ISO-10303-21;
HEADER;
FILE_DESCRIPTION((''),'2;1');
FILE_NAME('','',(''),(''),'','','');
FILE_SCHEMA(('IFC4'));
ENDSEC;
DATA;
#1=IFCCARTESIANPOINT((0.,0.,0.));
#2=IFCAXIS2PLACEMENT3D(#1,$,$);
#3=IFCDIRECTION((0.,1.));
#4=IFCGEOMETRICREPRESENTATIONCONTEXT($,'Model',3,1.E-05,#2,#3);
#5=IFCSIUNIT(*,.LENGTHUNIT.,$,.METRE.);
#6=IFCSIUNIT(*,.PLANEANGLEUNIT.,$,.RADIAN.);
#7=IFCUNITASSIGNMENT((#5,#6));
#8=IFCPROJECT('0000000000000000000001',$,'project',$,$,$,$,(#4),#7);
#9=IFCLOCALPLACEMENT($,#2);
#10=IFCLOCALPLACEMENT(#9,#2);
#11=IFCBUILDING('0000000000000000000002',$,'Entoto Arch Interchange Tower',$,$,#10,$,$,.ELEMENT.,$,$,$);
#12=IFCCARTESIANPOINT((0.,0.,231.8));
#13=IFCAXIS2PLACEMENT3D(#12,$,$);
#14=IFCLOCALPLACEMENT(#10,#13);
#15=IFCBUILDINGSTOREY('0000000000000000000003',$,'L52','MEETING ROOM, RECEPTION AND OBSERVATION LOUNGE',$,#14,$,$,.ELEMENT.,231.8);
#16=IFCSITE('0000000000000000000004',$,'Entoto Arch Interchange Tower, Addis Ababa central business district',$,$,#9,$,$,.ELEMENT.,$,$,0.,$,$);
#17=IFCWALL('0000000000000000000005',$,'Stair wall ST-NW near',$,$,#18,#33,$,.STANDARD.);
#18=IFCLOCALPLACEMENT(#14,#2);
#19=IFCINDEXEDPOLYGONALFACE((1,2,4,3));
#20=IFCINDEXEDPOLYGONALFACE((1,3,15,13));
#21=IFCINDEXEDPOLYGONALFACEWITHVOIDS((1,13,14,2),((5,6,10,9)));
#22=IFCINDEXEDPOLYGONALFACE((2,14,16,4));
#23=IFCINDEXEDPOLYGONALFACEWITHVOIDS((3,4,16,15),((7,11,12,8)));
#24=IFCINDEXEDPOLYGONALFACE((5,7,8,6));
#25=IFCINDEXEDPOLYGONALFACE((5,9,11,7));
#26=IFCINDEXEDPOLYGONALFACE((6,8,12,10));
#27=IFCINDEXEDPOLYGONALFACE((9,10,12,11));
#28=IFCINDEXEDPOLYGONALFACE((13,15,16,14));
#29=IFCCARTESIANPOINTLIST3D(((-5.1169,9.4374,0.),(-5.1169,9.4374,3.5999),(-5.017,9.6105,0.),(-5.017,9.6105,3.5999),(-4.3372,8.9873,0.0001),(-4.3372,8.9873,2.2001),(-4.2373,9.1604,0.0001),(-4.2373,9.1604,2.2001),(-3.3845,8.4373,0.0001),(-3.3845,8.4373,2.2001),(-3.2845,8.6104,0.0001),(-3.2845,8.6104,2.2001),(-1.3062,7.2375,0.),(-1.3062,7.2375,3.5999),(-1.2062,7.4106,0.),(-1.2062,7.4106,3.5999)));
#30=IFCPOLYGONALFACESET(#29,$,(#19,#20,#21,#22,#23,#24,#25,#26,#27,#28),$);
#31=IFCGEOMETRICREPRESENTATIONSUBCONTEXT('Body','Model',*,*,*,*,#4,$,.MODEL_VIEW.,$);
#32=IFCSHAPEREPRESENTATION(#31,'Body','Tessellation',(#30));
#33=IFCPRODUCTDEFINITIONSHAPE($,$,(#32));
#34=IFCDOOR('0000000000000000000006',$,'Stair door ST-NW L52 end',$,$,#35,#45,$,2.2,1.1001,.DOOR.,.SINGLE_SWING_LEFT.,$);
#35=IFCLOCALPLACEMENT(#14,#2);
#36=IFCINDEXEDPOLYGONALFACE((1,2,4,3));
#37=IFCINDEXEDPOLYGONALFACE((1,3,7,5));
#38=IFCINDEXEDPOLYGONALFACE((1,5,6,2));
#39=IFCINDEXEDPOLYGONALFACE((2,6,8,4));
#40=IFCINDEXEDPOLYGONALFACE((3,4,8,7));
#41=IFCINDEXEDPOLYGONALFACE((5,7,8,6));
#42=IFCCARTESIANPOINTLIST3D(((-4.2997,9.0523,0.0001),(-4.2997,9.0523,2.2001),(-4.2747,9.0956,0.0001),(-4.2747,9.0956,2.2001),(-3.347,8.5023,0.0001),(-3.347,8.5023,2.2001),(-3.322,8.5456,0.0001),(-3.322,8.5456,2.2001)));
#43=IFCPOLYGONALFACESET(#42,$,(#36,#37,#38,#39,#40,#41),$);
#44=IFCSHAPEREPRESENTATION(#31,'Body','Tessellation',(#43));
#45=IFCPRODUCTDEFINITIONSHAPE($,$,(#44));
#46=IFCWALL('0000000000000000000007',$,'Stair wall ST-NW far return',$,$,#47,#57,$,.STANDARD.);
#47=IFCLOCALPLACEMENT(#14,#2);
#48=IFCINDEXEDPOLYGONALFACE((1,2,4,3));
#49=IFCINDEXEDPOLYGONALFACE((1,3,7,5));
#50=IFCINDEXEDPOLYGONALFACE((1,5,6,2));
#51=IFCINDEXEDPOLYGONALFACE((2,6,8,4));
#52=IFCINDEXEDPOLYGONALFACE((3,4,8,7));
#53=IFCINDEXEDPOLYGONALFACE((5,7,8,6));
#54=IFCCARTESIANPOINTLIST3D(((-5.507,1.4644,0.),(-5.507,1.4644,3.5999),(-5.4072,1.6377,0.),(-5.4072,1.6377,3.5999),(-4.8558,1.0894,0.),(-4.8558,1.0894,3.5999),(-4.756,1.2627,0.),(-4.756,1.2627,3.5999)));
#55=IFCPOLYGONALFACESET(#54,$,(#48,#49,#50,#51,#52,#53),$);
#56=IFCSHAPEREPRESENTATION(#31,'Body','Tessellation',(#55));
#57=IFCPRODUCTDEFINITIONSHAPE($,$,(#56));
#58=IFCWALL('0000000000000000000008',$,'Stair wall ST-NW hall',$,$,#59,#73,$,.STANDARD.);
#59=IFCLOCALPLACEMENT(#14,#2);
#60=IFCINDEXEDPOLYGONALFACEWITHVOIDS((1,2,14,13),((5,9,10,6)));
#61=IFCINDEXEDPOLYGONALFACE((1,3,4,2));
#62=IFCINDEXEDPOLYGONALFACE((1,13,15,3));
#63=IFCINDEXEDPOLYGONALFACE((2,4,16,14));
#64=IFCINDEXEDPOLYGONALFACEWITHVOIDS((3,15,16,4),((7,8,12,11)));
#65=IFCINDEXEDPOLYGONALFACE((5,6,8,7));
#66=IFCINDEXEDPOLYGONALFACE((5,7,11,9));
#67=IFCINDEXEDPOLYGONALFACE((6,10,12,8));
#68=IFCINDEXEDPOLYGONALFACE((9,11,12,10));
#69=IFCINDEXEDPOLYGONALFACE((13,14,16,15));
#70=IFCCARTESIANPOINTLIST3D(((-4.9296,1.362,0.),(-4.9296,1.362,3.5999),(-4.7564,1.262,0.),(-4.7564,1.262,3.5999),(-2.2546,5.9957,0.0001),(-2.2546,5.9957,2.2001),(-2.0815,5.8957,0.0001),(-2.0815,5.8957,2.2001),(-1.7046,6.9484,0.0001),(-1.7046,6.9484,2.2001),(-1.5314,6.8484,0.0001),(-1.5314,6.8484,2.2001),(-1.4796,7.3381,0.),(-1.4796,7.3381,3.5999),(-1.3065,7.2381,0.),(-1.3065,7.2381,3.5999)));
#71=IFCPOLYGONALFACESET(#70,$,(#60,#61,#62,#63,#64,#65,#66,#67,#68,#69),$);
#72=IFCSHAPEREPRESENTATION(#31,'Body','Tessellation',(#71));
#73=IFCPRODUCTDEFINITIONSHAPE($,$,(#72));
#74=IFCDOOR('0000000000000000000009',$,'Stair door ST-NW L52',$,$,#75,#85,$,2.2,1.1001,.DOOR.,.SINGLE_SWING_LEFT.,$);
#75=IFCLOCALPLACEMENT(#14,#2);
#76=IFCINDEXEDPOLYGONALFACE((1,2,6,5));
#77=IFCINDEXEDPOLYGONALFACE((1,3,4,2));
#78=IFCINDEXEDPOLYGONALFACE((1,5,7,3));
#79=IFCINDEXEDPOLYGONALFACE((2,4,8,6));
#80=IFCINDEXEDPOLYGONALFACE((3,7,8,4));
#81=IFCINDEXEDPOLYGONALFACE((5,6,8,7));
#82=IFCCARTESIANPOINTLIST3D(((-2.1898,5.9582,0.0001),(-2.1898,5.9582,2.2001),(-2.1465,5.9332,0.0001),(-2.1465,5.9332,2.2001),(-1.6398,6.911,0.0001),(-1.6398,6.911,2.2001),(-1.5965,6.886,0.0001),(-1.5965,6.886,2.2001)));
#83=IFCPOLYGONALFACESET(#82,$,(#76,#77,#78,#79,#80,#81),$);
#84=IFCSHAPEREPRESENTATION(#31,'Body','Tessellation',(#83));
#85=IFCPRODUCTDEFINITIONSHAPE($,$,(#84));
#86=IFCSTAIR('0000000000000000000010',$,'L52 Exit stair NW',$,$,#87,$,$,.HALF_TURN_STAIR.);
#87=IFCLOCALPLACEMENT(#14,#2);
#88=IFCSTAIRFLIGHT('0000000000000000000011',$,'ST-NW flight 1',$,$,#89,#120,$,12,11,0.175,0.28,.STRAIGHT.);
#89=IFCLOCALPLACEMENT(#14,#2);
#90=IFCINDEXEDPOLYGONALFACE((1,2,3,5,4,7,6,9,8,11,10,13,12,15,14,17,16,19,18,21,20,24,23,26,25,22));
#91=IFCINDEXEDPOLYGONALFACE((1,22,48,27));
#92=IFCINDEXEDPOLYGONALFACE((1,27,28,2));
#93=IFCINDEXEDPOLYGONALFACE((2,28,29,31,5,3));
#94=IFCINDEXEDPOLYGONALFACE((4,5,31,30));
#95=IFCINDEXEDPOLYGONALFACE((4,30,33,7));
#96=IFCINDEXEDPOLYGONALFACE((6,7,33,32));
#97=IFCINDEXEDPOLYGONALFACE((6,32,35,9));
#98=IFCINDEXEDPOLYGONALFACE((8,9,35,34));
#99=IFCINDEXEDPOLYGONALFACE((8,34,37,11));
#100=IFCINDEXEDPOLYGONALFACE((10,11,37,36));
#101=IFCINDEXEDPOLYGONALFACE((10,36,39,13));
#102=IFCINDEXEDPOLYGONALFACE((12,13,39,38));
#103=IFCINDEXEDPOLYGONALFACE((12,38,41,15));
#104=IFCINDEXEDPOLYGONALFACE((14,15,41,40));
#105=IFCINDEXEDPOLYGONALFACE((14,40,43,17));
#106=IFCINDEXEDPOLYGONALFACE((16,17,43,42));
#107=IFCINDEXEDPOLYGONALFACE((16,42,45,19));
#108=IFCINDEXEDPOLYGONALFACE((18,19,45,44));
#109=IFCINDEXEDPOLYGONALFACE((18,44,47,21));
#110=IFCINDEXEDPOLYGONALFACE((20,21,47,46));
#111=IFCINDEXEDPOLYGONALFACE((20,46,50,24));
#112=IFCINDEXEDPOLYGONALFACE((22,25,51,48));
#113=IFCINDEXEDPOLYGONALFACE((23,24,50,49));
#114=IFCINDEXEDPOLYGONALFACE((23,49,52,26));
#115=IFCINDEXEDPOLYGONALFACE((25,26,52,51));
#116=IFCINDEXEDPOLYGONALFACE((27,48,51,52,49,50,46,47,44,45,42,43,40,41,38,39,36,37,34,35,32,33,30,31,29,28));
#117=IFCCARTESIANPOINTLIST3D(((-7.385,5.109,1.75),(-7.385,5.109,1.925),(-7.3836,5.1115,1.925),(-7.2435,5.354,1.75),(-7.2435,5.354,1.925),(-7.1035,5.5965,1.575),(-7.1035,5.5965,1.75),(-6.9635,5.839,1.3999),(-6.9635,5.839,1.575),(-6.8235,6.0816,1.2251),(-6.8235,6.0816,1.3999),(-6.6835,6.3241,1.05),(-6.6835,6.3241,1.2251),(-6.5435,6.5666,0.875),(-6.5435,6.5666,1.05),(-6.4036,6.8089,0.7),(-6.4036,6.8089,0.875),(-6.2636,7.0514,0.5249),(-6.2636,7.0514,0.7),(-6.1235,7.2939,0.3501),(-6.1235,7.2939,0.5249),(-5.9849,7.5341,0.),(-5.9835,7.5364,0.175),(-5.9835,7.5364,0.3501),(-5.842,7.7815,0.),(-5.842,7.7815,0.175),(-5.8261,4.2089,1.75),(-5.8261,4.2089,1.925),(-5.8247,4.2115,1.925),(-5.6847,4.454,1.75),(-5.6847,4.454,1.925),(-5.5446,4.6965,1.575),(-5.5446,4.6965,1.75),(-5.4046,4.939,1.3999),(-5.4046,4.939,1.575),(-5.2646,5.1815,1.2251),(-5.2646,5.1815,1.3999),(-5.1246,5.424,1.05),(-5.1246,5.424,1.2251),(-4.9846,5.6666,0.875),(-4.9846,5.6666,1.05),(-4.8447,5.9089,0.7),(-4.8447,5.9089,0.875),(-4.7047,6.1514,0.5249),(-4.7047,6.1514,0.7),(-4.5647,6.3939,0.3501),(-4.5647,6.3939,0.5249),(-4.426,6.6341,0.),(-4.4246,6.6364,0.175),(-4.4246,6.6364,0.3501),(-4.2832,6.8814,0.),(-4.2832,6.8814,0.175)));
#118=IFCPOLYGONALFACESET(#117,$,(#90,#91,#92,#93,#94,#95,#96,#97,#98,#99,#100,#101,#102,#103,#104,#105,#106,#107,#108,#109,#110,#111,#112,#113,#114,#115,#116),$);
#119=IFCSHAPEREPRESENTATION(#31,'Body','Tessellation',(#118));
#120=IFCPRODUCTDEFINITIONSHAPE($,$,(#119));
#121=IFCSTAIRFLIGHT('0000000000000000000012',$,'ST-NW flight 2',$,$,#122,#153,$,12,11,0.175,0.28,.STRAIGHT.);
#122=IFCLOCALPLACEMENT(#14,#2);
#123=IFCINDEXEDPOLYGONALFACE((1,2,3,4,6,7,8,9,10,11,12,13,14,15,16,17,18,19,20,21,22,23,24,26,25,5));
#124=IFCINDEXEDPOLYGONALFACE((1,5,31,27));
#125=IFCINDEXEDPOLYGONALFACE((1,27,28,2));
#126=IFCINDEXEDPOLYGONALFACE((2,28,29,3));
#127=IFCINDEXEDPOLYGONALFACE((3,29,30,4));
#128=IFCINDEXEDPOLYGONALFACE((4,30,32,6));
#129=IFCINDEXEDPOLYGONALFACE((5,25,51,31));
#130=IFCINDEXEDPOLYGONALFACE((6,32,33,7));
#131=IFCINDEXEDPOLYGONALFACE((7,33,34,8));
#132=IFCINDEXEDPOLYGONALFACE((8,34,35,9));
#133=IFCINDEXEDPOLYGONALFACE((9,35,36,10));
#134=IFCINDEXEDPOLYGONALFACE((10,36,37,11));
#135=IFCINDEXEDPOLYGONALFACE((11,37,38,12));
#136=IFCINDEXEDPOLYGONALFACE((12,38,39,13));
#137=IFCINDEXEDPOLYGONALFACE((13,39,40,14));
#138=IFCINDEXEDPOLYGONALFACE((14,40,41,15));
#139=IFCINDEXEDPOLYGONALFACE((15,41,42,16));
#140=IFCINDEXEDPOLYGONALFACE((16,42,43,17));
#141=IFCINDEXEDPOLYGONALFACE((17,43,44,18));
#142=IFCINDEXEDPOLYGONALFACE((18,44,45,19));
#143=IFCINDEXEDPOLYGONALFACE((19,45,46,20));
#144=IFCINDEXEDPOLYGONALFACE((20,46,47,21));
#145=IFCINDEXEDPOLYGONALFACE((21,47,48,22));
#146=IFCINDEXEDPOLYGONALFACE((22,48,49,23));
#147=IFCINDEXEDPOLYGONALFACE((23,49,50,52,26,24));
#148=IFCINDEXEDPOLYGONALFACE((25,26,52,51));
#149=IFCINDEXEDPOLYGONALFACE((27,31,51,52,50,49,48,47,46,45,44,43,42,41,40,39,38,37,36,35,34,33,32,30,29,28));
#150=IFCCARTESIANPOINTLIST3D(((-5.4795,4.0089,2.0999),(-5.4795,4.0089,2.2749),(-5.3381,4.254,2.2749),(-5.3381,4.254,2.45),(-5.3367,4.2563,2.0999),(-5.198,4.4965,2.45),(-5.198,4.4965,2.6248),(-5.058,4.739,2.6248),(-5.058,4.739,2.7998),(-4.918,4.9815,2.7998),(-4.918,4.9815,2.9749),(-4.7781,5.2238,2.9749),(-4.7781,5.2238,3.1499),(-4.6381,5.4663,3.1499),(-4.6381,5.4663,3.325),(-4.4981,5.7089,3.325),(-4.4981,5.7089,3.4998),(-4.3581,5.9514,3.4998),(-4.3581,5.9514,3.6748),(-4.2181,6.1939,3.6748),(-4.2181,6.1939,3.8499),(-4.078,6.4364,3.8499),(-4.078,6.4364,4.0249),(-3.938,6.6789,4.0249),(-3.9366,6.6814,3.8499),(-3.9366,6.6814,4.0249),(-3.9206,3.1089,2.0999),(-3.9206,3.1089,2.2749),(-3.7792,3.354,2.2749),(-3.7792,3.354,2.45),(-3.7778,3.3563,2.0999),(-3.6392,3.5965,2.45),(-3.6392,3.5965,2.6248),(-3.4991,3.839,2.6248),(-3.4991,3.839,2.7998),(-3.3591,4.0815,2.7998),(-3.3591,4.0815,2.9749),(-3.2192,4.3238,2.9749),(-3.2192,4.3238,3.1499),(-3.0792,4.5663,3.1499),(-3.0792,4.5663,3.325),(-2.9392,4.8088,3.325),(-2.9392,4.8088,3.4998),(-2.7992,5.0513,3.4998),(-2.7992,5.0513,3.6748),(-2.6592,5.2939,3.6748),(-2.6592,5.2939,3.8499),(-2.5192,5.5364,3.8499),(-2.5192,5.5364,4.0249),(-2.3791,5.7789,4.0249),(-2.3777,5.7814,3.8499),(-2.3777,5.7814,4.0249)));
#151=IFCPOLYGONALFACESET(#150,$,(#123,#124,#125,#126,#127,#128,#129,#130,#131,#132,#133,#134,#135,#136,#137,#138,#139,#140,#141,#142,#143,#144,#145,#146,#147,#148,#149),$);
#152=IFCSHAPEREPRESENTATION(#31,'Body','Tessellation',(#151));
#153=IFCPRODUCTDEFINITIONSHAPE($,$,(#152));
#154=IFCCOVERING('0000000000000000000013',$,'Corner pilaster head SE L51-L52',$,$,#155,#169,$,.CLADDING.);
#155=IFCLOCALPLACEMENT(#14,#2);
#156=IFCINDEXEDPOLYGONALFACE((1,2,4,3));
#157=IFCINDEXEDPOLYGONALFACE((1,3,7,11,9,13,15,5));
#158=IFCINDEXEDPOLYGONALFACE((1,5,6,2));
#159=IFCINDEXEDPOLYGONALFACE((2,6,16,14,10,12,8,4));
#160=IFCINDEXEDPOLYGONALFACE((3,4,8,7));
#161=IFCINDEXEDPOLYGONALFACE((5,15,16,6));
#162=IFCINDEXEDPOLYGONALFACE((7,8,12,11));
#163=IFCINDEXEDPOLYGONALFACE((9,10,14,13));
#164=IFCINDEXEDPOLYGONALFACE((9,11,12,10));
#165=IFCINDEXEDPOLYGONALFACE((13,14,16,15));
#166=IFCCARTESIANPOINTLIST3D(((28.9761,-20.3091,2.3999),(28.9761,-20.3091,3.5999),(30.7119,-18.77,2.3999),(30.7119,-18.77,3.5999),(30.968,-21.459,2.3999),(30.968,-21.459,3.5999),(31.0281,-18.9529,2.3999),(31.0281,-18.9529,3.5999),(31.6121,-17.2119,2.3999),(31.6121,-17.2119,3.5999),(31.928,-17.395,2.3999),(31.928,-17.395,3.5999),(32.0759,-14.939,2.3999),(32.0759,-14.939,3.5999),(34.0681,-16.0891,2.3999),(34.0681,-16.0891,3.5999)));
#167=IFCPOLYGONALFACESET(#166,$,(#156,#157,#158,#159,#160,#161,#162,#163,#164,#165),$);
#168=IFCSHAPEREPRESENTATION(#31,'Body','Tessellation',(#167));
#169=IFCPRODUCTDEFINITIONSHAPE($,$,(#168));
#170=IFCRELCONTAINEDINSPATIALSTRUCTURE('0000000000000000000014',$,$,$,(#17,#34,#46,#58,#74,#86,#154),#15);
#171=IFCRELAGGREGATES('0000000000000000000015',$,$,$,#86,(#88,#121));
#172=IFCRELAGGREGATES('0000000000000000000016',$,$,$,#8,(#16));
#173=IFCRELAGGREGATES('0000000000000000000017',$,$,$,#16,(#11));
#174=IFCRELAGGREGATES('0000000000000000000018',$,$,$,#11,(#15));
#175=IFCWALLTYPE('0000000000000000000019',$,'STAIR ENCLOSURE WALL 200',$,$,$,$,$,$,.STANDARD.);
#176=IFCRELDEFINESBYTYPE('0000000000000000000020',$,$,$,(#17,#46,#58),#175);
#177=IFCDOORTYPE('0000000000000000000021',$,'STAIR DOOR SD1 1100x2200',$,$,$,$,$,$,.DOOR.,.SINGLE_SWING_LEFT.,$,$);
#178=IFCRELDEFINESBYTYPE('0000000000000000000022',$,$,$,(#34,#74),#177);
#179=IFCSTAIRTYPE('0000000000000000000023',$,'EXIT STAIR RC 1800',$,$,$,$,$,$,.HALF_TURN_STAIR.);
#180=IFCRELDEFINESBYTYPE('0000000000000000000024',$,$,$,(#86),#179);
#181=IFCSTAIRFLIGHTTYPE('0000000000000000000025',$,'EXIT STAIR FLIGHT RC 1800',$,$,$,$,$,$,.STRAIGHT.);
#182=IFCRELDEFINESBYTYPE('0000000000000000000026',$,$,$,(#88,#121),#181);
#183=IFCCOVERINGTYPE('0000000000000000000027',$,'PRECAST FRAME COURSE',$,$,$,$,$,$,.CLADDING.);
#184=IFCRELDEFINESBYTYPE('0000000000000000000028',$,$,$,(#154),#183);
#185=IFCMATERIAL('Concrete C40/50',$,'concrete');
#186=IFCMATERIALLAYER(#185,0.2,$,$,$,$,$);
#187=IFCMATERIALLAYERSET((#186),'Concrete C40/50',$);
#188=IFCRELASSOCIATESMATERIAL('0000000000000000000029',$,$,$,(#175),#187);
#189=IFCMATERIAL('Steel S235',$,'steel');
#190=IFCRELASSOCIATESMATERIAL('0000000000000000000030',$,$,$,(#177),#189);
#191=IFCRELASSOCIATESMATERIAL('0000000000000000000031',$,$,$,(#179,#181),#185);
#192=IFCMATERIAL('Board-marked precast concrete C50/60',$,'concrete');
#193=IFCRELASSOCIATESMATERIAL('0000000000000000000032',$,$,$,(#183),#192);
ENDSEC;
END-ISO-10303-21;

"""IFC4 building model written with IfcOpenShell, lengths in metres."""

from ifc_helpers import new_model, si_unit, direction, frame, frame_2d, origin, place, context, subcontext, project, spatial, polyline, rectangle, outline, extrude, material, layer, layer_set, type_object, element, fill, aggregate, save


model = new_model("IFC4")

# Units and contexts
model_context = context("Model", 3, precision=1e-05, world=origin(), true_north=direction((0.0, 1.0)))
body_context = subcontext(model_context, "Body", "Model", "MODEL_VIEW")
ifc_project = project(units=[si_unit("LENGTHUNIT", "METRE"), si_unit("PLANEANGLEUNIT", "RADIAN")], contexts=[model_context])

# Site, building, storey
site_placement = place(None, origin())
site = spatial("IfcSite", under=ifc_project, at=site_placement, Name="Entoto Arch Interchange Tower, Addis Ababa central business district", CompositionType="ELEMENT", RefElevation=0.0)
building_placement = place(site_placement, origin())
building = spatial("IfcBuilding", under=site, at=building_placement, Name="Entoto Arch Interchange Tower", CompositionType="ELEMENT")
storey_placement = place(building_placement, frame((0.0, 0.0, 231.8)))
storey = spatial("IfcBuildingStorey", under=building, at=storey_placement, Name="L52", Description="MEETING ROOM, RECEPTION AND OBSERVATION LOUNGE", CompositionType="ELEMENT", Elevation=231.8)

# Shared definitions
ifc_material_1 = material(Name="Board-marked precast concrete C50/60", Category="concrete")

# Shared definitions
ifc_material_2 = material(Name="Concrete C40/50", Category="concrete")

# Wall, opening, door
ifc_layer_1 = layer(ifc_material_2, 0.2)
ifc_layer_set_1 = layer_set([ifc_layer_1], Name="Concrete C40/50")
wall_type_1 = type_object("IfcWallType", Name="STAIR ENCLOSURE WALL 200", PredefinedType="STANDARD", material=ifc_layer_set_1)
wall_1_placement = place(storey_placement, frame((-1.2561, 7.324, 0.0), z_axis=(0.0, 0.0, 1.0), x_axis=(-0.866046, 0.499964, 0.0)))
wall_1 = element("IfcWall", 1, at=wall_1_placement, inside=storey, type_object=wall_type_1, Name="Stair wall ST-NW near", PredefinedType="STANDARD", context=body_context, shape_type="SweptSolid", body=[
    extrude(rectangle(XDim=4.4001, YDim=0.2, at=frame_2d((2.2002, 0.0))), origin(), (0.0, 0.0, 1.0), 3.5999),
])
opening_1_placement = place(wall_1_placement, frame((2.3999, 0.0, 0.0)))
opening_1 = element("IfcOpeningElement", 2, at=opening_1_placement, cuts=wall_1, PredefinedType="OPENING", context=body_context, shape_type="SweptSolid", body=[
    extrude(rectangle(XDim=1.1001, YDim=2.2, at=frame_2d((0.55, 1.1001))), frame((0.0, 0.1099, 0.0), z_axis=(0.0, -1.0, 0.0), x_axis=(1.0, 0.0, 0.0)), (0.0, 0.0, 1.0), 0.22),
])
ifc_material_3 = material(Name="Steel S235", Category="steel")
door_type_1 = type_object("IfcDoorType", Name="STAIR DOOR SD1 1100x2200", OperationType="SINGLE_SWING_LEFT", PredefinedType="DOOR", material=ifc_material_3)
door_1_placement = place(opening_1_placement, origin())
door_1 = element("IfcDoor", 3, at=door_1_placement, inside=storey, type_object=door_type_1, Name="Stair door ST-NW L52 end", OperationType="SINGLE_SWING_LEFT", OverallHeight=2.2, OverallWidth=1.1001, PredefinedType="DOOR", context=body_context, shape_type="SweptSolid", body=[
    extrude(rectangle(XDim=1.1001, YDim=2.2, at=frame_2d((0.55, 1.1001))), frame((0.0, 0.0249, 0.0), z_axis=(0.0, -1.0, 0.0), x_axis=(1.0, 0.0, 0.0)), (0.0, 0.0, 1.0), 0.05),
])
fill(opening_1, door_1)

# Wall
wall_2_placement = place(storey_placement, frame((-4.8059, 1.176, 0.0), z_axis=(0.0, 0.0, 1.0), x_axis=(-0.866559, 0.499075, 0.0)))
element("IfcWall", 4, at=wall_2_placement, inside=storey, type_object=wall_type_1, Name="Stair wall ST-NW far return", PredefinedType="STANDARD", context=body_context, shape_type="SweptSolid", body=[
    extrude(rectangle(XDim=0.7515, YDim=0.2, at=frame_2d((0.3757, 0.0))), origin(), (0.0, 0.0, 1.0), 3.5999),
])

# Wall, opening, door
wall_3_placement = place(storey_placement, frame((-1.3931, 7.2881, 0.0), z_axis=(0.0, 0.0, 1.0), x_axis=(-0.499963, -0.866047, 0.0)))
wall_3 = element("IfcWall", 5, at=wall_3_placement, inside=storey, type_object=wall_type_1, Name="Stair wall ST-NW hall", PredefinedType="STANDARD", context=body_context, shape_type="SweptSolid", body=[
    extrude(rectangle(XDim=6.9004, YDim=0.2, at=frame_2d((3.4502, 0.0))), origin(), (0.0, 0.0, 1.0), 3.5999),
])
opening_2_placement = place(wall_3_placement, frame((0.45, 0.0, 0.0)))
opening_2 = element("IfcOpeningElement", 6, at=opening_2_placement, cuts=wall_3, PredefinedType="OPENING", context=body_context, shape_type="SweptSolid", body=[
    extrude(rectangle(XDim=1.1001, YDim=2.2, at=frame_2d((0.55, 1.1001))), frame((0.0, 0.1099, 0.0), z_axis=(0.0, -1.0, 0.0), x_axis=(1.0, 0.0, 0.0)), (0.0, 0.0, 1.0), 0.22),
])
door_2_placement = place(opening_2_placement, origin())
door_2 = element("IfcDoor", 7, at=door_2_placement, inside=storey, type_object=door_type_1, Name="Stair door ST-NW L52", OperationType="SINGLE_SWING_LEFT", OverallHeight=2.2, OverallWidth=1.1001, PredefinedType="DOOR", context=body_context, shape_type="SweptSolid", body=[
    extrude(rectangle(XDim=1.1001, YDim=2.2, at=frame_2d((0.55, 1.1001))), frame((0.0, 0.0249, 0.0), z_axis=(0.0, -1.0, 0.0), x_axis=(1.0, 0.0, 0.0)), (0.0, 0.0, 1.0), 0.05),
])
fill(opening_2, door_2)

# Stair, stair flights
stair_type = type_object("IfcStairType", Name="EXIT STAIR RC 1800", PredefinedType="HALF_TURN_STAIR", material=ifc_material_2)
stair_placement = place(storey_placement, origin())
stair = element("IfcStair", 8, at=stair_placement, inside=storey, type_object=stair_type, Name="L52 Exit stair NW", PredefinedType="HALF_TURN_STAIR")
stair_flight_type = type_object("IfcStairFlightType", Name="EXIT STAIR FLIGHT RC 1800", PredefinedType="STRAIGHT", material=ifc_material_2)
stair_flight_1_placement = place(storey_placement, frame((-5.064, 7.3289, 0.0), z_axis=(0.0, 0.0, 1.0), x_axis=(-0.5, -0.866025, 0.0)))
stair_flight_1 = element("IfcStairFlight", 9, at=stair_flight_1_placement, type_object=stair_flight_type, Name="ST-NW flight 1", NumberOfRisers=12, NumberOfTreads=11, PredefinedType="STRAIGHT", RiserHeight=0.175, TreadLength=0.28, context=body_context, shape_type="SweptSolid", body=[
    extrude(outline(polyline([(-0.0029, 0.0), (-0.0029, 0.175), (0.28, 0.175), (0.28, 0.3501), (0.5601, 0.3501), (0.5601, 0.5249), (0.8401, 0.5249), (0.8401, 0.7), (1.1201, 0.7), (1.1201, 0.875), (1.3999, 0.875), (1.3999, 1.05), (1.6799, 1.05), (1.6799, 1.2251), (1.96, 1.2251), (1.96, 1.3999), (2.24, 1.3999), (2.24, 1.575), (2.52, 1.575), (2.52, 1.75), (2.8, 1.75), (2.8, 1.925), (3.0801, 1.925), (3.083, 1.925), (3.083, 1.75), (0.2827, 0.0), (-0.0029, 0.0)])), frame((0.0, 0.8999, 0.0), z_axis=(0.0, -1.0, 0.0), x_axis=(1.0, 0.0, 0.0)), (0.0, 0.0, 1.0), 1.8),
])
stair_flight_2_placement = place(storey_placement, frame((-4.6987, 3.5615, 2.0999), z_axis=(0.0, 0.0, 1.0), x_axis=(0.5, 0.866025, 0.0)))
stair_flight_2 = element("IfcStairFlight", 10, at=stair_flight_2_placement, type_object=stair_flight_type, Name="ST-NW flight 2", NumberOfRisers=12, NumberOfTreads=11, PredefinedType="STRAIGHT", RiserHeight=0.175, TreadLength=0.28, context=body_context, shape_type="SweptSolid", body=[
    extrude(outline(polyline([(-0.0029, 0.0), (-0.0029, 0.175), (0.28, 0.175), (0.28, 0.3501), (0.5601, 0.3501), (0.5601, 0.5249), (0.8401, 0.5249), (0.8401, 0.7), (1.1201, 0.7), (1.1201, 0.875), (1.3999, 0.875), (1.3999, 1.05), (1.6799, 1.05), (1.6799, 1.2251), (1.96, 1.2251), (1.96, 1.3999), (2.24, 1.3999), (2.24, 1.575), (2.52, 1.575), (2.52, 1.75), (2.8, 1.75), (2.8, 1.925), (3.0801, 1.925), (3.083, 1.925), (3.083, 1.75), (0.2827, 0.0), (-0.0029, 0.0)])), frame((0.0, 0.8999, 0.0), z_axis=(0.0, -1.0, 0.0), x_axis=(1.0, 0.0, 0.0)), (0.0, 0.0, 1.0), 1.8),
])
aggregate(stair, [stair_flight_1, stair_flight_2])

# Covering
covering_type = type_object("IfcCoveringType", Name="PRECAST FRAME COURSE", PredefinedType="CLADDING", material=ifc_material_1)
covering_placement = place(storey_placement, frame((0.0, 0.0, 2.3999)))
element("IfcCovering", 11, at=covering_placement, inside=storey, type_object=covering_type, Name="Corner pilaster head SE L51-L52", PredefinedType="CLADDING", context=body_context, shape_type="SweptSolid", body=[
    extrude(outline(polyline([(34.0681, -16.0891), (30.968, -21.459), (28.9761, -20.3091), (30.7119, -18.77), (31.0281, -18.9529), (31.928, -17.395), (31.6121, -17.2119), (32.0759, -14.939), (34.0681, -16.0891)])), origin(), (0.0, 0.0, 1.0), 1.2),
])

save(model, "model.ifc")
